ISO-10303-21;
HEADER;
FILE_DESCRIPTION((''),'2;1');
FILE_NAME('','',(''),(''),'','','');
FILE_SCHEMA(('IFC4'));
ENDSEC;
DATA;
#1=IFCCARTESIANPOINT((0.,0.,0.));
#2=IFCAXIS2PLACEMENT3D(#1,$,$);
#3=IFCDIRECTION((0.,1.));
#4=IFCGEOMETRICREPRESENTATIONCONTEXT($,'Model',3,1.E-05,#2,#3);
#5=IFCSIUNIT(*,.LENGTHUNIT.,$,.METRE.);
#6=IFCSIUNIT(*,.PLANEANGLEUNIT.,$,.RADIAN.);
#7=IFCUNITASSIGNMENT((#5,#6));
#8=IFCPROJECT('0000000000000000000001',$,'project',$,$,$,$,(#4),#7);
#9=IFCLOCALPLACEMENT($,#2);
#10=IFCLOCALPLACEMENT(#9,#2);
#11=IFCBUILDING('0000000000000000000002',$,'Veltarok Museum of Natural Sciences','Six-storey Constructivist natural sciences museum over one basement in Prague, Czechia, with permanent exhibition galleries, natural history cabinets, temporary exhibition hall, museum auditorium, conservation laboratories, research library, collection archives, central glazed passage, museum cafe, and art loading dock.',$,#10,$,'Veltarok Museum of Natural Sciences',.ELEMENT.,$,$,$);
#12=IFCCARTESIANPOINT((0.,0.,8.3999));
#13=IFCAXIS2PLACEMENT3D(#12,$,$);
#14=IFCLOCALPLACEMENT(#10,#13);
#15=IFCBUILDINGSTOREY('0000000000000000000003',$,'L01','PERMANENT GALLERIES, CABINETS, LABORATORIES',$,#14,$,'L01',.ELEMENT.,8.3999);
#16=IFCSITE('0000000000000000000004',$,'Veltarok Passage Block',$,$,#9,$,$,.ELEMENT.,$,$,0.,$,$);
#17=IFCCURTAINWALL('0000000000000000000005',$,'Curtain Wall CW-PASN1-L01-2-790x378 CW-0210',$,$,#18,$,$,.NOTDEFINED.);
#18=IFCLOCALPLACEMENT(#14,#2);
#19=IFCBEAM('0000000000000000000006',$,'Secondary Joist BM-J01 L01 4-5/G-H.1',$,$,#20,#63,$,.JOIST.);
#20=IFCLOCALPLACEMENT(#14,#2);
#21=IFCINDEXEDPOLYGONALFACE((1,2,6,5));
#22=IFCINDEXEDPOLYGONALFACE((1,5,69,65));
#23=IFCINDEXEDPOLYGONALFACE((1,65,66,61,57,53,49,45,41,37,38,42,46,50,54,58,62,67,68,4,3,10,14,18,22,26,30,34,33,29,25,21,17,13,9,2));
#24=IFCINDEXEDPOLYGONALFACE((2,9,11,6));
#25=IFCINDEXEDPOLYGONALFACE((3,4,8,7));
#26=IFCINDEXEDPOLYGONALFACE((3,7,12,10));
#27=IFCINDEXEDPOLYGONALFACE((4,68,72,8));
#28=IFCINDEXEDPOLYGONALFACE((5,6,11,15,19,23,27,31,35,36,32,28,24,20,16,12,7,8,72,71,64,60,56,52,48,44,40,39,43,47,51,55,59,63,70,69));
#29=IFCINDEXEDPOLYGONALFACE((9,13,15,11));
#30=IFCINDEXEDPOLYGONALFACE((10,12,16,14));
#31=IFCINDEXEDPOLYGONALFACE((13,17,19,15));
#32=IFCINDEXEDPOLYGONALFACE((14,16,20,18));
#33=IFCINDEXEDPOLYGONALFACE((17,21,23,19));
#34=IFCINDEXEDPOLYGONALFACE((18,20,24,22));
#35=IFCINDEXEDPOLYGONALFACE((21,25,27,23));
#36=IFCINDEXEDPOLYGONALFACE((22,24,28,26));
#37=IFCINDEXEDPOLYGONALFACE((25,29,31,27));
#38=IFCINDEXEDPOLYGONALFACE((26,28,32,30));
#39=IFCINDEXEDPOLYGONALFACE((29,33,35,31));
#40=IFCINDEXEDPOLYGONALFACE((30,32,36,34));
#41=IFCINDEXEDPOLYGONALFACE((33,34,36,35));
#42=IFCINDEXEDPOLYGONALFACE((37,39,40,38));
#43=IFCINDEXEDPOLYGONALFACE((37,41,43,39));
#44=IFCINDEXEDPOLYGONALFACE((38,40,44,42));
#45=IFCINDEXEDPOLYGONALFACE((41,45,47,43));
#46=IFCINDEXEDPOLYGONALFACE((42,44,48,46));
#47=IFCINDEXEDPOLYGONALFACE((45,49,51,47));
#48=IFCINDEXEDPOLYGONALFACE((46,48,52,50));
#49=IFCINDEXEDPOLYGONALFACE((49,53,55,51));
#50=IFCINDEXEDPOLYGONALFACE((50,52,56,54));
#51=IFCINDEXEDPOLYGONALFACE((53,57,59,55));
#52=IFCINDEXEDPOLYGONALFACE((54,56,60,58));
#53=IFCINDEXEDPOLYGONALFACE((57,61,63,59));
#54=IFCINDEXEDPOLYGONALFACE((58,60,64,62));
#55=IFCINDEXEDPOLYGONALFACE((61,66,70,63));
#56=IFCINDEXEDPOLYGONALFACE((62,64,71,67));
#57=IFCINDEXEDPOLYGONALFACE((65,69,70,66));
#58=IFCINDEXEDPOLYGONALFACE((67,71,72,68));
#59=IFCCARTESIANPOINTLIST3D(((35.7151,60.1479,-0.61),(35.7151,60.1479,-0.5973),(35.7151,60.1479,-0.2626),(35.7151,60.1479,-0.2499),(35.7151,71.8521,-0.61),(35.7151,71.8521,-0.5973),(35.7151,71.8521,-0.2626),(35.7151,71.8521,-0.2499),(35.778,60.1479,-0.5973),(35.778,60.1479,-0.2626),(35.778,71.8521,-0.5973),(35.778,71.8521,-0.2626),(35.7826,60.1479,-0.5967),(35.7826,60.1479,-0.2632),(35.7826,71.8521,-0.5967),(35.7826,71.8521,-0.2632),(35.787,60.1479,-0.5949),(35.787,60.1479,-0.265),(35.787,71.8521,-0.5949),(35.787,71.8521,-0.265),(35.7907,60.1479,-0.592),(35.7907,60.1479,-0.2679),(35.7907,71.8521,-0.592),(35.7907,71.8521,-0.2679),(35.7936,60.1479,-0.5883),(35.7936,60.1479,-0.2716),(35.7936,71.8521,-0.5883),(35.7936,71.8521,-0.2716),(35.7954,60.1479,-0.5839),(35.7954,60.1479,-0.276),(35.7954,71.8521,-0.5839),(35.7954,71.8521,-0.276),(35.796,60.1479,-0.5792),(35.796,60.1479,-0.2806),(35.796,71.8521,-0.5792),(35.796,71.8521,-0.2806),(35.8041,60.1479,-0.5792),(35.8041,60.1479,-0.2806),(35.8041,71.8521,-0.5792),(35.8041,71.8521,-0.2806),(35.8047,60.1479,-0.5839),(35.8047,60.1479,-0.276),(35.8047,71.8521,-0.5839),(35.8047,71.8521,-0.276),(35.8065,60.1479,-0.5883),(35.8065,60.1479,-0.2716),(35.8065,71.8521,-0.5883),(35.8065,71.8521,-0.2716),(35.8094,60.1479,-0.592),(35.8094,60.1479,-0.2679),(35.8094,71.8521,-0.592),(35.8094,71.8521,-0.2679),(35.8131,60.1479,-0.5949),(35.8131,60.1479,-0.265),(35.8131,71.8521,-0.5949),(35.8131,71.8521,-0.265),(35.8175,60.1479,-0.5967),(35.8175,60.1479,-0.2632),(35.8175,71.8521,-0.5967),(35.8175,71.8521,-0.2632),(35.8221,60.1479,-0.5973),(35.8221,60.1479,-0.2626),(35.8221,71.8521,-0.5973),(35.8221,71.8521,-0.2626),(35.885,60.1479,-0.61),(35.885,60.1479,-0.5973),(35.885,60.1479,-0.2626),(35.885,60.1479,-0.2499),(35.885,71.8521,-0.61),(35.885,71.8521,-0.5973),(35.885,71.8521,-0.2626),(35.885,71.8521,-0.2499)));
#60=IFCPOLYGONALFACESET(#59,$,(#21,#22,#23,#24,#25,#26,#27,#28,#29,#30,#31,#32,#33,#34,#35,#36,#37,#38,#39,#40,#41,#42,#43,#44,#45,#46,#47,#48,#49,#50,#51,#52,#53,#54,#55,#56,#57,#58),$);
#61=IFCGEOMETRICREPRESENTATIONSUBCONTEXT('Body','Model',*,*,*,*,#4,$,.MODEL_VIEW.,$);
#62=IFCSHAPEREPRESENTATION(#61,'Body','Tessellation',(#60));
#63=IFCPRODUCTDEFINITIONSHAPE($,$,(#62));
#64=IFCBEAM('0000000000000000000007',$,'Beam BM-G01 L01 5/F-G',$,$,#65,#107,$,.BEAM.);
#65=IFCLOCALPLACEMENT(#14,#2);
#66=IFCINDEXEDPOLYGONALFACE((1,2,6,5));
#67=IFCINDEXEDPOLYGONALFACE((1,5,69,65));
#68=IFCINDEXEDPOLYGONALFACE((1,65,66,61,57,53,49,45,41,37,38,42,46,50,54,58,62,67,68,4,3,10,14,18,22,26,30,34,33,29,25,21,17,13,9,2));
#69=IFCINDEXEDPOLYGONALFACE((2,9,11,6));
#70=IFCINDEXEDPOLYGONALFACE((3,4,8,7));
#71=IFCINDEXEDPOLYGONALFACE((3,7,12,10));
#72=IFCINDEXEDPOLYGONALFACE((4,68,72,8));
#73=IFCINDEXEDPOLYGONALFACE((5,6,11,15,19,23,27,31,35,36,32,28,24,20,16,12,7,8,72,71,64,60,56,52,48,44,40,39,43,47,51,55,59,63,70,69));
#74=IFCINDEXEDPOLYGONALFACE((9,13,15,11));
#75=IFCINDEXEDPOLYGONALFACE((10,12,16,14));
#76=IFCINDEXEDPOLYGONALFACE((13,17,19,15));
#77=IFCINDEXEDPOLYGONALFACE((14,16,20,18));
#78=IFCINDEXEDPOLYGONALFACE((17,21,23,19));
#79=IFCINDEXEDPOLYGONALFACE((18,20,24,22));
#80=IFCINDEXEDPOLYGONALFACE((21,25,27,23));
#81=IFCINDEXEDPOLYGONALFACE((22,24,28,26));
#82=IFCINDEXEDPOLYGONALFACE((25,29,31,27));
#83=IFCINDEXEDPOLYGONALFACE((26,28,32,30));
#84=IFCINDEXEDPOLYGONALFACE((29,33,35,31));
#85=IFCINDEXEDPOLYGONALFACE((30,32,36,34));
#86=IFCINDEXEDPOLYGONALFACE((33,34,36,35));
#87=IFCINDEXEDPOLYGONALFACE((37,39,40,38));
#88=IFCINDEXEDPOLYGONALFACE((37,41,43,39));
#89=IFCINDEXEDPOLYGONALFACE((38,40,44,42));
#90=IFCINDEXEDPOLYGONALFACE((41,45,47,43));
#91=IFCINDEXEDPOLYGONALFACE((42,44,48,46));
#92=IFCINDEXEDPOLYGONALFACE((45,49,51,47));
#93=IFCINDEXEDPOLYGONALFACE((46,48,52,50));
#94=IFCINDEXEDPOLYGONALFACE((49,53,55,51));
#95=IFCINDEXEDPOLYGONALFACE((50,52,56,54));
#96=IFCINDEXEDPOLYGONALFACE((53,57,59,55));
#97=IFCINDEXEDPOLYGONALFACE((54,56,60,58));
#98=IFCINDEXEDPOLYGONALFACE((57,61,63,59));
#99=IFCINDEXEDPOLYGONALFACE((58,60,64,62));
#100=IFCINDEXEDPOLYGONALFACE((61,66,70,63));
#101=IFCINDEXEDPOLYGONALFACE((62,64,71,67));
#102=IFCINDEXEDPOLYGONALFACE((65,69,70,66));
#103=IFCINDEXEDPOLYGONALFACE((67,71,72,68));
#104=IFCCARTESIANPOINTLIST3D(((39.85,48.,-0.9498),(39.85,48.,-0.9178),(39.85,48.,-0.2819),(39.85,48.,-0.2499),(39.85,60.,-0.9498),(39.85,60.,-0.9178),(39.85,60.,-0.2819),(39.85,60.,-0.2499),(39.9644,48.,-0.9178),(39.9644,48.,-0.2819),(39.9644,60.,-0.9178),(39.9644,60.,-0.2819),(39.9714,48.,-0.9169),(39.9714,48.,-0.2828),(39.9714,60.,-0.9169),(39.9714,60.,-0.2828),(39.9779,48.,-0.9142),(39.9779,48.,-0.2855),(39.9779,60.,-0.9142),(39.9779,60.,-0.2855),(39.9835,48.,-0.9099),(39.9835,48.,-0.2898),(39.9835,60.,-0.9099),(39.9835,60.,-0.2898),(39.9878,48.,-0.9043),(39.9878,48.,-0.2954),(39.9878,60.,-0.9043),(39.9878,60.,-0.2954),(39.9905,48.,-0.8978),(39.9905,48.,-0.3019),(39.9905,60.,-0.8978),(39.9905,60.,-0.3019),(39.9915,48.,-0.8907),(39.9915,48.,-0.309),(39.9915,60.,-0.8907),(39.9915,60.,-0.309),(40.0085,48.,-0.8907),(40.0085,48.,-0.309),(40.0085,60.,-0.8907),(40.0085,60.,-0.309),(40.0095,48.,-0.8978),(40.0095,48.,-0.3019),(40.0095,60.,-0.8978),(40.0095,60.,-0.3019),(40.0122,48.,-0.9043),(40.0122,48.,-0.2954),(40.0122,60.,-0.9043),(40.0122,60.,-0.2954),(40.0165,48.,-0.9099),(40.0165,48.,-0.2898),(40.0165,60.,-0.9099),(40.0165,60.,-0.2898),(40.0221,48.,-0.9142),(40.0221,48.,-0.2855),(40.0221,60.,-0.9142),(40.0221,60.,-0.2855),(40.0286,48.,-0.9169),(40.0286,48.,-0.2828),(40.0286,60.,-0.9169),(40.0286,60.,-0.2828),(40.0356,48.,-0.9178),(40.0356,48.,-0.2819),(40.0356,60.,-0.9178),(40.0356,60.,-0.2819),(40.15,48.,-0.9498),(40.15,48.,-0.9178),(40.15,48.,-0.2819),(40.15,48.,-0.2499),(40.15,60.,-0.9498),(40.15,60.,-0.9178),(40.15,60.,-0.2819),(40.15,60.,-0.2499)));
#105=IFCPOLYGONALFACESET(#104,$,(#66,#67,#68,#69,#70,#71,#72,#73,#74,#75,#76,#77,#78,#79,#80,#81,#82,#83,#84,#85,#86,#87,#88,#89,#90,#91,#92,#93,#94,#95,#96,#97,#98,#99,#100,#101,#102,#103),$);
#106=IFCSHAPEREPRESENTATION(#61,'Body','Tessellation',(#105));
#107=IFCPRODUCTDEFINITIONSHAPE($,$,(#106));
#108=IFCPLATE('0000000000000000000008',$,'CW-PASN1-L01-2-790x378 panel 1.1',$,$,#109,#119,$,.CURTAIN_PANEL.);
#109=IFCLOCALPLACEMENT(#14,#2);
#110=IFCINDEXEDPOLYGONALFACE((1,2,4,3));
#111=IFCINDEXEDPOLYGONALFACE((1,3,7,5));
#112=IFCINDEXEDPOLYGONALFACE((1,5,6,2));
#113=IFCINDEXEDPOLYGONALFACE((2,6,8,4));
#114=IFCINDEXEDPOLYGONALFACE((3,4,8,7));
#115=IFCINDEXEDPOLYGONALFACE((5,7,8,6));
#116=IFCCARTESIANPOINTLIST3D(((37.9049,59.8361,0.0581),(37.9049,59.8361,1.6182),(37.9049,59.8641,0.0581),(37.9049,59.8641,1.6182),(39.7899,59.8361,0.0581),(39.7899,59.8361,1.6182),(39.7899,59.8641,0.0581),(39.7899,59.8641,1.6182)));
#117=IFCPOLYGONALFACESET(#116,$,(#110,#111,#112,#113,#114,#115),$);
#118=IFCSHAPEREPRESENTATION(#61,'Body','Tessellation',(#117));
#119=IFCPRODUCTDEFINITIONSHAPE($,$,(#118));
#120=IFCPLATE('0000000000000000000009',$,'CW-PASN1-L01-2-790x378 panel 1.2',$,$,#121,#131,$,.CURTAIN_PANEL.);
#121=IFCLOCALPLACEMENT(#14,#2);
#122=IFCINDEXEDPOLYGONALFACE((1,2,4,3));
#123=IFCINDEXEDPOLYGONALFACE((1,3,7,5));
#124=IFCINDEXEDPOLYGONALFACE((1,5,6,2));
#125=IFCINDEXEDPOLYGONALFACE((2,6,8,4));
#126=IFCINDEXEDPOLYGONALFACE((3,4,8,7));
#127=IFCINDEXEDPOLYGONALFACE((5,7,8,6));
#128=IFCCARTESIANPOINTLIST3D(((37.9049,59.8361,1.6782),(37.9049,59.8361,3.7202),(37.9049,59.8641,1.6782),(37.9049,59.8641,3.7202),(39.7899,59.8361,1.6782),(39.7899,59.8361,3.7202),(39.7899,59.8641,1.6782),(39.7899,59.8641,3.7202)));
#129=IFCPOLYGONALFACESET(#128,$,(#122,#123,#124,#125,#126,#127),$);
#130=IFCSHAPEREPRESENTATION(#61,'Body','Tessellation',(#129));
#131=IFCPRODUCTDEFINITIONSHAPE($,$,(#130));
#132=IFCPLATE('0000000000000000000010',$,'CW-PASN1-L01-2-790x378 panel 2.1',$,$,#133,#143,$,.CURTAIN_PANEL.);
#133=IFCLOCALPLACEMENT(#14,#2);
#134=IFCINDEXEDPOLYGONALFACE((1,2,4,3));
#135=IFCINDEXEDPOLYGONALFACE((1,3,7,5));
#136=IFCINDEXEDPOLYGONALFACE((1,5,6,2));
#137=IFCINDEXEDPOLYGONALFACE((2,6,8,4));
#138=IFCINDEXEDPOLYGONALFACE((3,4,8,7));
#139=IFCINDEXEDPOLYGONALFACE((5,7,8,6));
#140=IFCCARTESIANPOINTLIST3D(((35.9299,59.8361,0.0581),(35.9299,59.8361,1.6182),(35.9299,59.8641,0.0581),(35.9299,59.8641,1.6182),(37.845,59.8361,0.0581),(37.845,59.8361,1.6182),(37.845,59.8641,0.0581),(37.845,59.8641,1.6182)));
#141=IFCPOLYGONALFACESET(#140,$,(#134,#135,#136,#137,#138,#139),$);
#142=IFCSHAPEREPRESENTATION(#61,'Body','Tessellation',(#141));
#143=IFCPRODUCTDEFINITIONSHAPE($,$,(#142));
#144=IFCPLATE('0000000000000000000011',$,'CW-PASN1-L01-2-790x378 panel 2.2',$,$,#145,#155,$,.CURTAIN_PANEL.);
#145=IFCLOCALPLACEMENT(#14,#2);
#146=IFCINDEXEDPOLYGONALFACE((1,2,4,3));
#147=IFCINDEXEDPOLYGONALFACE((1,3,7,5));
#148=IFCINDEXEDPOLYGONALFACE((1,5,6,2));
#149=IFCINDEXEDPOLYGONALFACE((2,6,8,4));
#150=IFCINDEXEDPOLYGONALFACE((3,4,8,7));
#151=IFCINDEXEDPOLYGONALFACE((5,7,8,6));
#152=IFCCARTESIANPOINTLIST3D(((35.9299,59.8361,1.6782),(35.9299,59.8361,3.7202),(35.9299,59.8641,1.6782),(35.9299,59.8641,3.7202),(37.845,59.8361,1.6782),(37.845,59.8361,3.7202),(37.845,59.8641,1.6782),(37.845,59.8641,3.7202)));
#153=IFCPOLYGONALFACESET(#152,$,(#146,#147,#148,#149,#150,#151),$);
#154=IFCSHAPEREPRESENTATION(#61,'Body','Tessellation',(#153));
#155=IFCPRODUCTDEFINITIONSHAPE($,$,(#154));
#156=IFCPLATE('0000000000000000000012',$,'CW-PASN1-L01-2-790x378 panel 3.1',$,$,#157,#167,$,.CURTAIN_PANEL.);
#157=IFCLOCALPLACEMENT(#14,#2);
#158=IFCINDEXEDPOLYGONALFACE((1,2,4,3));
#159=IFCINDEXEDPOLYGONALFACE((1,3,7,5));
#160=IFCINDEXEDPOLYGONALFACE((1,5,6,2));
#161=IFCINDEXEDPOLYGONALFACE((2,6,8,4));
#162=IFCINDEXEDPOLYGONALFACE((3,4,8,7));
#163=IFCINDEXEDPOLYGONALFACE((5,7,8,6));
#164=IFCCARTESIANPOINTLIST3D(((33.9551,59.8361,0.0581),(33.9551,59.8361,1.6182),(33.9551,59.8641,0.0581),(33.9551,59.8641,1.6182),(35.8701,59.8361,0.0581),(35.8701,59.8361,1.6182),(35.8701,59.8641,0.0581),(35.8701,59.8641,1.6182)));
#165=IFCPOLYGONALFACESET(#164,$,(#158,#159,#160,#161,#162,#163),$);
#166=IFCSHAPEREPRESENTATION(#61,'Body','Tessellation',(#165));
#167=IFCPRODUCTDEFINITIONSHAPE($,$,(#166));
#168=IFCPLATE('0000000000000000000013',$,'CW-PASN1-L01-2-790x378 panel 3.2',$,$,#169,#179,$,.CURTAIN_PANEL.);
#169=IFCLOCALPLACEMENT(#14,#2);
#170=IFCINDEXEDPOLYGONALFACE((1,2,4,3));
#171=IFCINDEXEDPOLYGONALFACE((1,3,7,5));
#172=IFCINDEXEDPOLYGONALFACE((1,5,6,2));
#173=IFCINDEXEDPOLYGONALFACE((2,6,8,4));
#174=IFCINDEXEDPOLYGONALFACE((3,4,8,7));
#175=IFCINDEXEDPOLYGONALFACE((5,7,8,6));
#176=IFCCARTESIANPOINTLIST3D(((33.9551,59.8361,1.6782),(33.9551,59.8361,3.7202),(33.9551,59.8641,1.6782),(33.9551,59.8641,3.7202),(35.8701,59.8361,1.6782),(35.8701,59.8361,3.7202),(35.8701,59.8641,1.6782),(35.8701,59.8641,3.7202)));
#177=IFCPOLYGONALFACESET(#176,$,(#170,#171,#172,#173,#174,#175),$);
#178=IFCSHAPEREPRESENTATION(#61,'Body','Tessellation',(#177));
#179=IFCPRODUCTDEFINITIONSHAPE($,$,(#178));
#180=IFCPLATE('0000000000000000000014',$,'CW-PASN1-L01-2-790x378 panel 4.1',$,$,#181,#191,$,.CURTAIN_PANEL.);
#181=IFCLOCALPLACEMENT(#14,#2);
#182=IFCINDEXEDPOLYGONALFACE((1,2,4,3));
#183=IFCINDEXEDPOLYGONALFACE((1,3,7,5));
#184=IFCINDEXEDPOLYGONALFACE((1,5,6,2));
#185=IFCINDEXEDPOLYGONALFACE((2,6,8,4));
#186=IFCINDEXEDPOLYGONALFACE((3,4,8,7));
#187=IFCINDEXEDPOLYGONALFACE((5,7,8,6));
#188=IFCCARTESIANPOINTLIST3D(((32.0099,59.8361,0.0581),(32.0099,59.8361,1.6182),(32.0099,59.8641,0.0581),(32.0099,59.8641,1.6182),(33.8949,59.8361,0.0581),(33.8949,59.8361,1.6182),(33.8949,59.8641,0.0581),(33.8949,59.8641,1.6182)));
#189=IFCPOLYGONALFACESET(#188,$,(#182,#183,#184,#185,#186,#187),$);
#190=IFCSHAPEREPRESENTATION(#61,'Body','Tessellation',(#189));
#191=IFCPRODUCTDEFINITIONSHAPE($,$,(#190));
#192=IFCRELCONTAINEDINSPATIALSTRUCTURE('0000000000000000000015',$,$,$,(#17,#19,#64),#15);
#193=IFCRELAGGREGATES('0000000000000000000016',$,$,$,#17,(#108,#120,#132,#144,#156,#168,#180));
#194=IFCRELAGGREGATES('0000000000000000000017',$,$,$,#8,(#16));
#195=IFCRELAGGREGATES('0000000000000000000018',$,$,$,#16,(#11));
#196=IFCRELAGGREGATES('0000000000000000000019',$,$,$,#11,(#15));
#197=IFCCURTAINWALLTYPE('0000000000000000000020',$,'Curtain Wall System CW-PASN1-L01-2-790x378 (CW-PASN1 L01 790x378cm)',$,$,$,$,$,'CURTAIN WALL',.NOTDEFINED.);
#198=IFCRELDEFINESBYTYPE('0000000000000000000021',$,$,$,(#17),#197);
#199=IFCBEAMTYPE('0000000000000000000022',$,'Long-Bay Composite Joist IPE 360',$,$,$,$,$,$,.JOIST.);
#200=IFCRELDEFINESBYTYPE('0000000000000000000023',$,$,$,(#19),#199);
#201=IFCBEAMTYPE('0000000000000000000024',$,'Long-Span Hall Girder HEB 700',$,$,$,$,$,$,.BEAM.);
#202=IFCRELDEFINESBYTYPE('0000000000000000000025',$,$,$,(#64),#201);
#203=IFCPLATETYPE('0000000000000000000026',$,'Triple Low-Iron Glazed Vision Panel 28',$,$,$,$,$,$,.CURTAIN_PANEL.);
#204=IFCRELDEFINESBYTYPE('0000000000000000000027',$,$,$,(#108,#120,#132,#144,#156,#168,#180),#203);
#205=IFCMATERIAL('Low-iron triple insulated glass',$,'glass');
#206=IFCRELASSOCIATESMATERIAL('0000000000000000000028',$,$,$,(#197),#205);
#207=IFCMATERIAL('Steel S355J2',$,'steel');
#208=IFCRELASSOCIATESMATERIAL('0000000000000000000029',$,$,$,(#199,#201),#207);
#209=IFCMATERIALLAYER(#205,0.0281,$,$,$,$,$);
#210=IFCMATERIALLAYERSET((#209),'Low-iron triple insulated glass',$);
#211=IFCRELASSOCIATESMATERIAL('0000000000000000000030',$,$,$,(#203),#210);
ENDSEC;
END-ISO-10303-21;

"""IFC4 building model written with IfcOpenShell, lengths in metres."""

from ifc_helpers import new_model, si_unit, direction, frame, origin, origin_2d, place, context, subcontext, project, spatial, rectangle, i_section, extrude, material, layer, layer_set, material_profile, profile_set, type_object, element, aggregate, save


model = new_model("IFC4")

# Units and contexts
model_context = context("Model", 3, precision=1e-05, world=origin(), true_north=direction((0.0, 1.0)))
body_context = subcontext(model_context, "Body", "Model", "MODEL_VIEW")
ifc_project = project(units=[si_unit("LENGTHUNIT", "METRE"), si_unit("PLANEANGLEUNIT", "RADIAN")], contexts=[model_context])

# Site, building, storey
site_placement = place(None, origin())
site = spatial("IfcSite", under=ifc_project, at=site_placement, Name="Veltarok Passage Block", CompositionType="ELEMENT", RefElevation=0.0)
building_placement = place(site_placement, origin())
building = spatial("IfcBuilding", under=site, at=building_placement, Name="Veltarok Museum of Natural Sciences", Description="Six-storey Constructivist natural sciences museum over one basement in Prague, Czechia, with permanent exhibition galleries, natural history cabinets, temporary exhibition hall, museum auditorium, conservation laboratories, research library, collection archives, central glazed passage, museum cafe, and art loading dock.", LongName="Veltarok Museum of Natural Sciences", CompositionType="ELEMENT")
storey_placement = place(building_placement, frame((0.0, 0.0, 8.3999)))
storey = spatial("IfcBuildingStorey", under=building, at=storey_placement, Name="L01", Description="PERMANENT GALLERIES, CABINETS, LABORATORIES", LongName="L01", CompositionType="ELEMENT", Elevation=8.3999)

# Shared definitions
ifc_material_1 = material(Name="Steel S355J2", Category="steel")

# Curtain wall
ifc_material_2 = material(Name="Low-iron triple insulated glass", Category="glass")
curtain_wall_type = type_object("IfcCurtainWallType", Name="Curtain Wall System CW-PASN1-L01-2-790x378 (CW-PASN1 L01 790x378cm)", ElementType="CURTAIN WALL", PredefinedType="NOTDEFINED", material=ifc_material_2)
curtain_wall_placement = place(storey_placement, origin())
curtain_wall = element("IfcCurtainWall", 1, at=curtain_wall_placement, inside=storey, type_object=curtain_wall_type, Name="Curtain Wall CW-PASN1-L01-2-790x378 CW-0210", PredefinedType="NOTDEFINED")

# Beams
ifc_material_profile_1 = material_profile(ifc_material_1, i_section(OverallWidth=0.1699, OverallDepth=0.3601, WebThickness=0.0081, FlangeThickness=0.0127, FilletRadius=0.0181, at=origin_2d()), Name="IPE 360")
ifc_profile_set_1 = profile_set([ifc_material_profile_1], Name="Steel S355J2")
beam_type_1 = type_object("IfcBeamType", Name="Long-Bay Composite Joist IPE 360", PredefinedType="JOIST", material=ifc_profile_set_1)
for number, where, z_axis, x_axis, name in (
    (2, (35.8, 60.1479, -0.4299), (0.0, 1.0, 0.0), (-1.0, 0.0, 0.0), "Secondary Joist BM-J01 L01 4-5/G-H.1"),
):
    element("IfcBeam", number, at=place(storey_placement, frame(where, z_axis=z_axis, x_axis=x_axis)), inside=storey, type_object=beam_type_1, Name=name, PredefinedType="JOIST", context=body_context, shape_type="SweptSolid", body=[
        extrude(i_section(OverallWidth=0.1699, OverallDepth=0.3601, WebThickness=0.0081, FlangeThickness=0.0127, FilletRadius=0.0181, at=origin_2d()), origin(), (0.0, 0.0, 1.0), 11.7041),
    ])
ifc_material_profile_2 = material_profile(ifc_material_1, i_section(OverallWidth=0.3, OverallDepth=0.7, WebThickness=0.0171, FlangeThickness=0.032, FilletRadius=0.0271, at=origin_2d()), Name="HEB 700")
ifc_profile_set_2 = profile_set([ifc_material_profile_2], Name="Steel S355J2")
beam_type_2 = type_object("IfcBeamType", Name="Long-Span Hall Girder HEB 700", PredefinedType="BEAM", material=ifc_profile_set_2)
beam_placement = place(storey_placement, frame((40.0, 48.0, -0.5999), z_axis=(0.0, 1.0, 0.0), x_axis=(-1.0, 0.0, 0.0)))
element("IfcBeam", 3, at=beam_placement, inside=storey, type_object=beam_type_2, Name="Beam BM-G01 L01 5/F-G", PredefinedType="BEAM", context=body_context, shape_type="SweptSolid", body=[
    extrude(i_section(OverallWidth=0.3, OverallDepth=0.7, WebThickness=0.0171, FlangeThickness=0.032, FilletRadius=0.0271, at=origin_2d()), origin(), (0.0, 0.0, 1.0), 12.0),
])

# Plates
ifc_layer = layer(ifc_material_2, 0.0281)
ifc_layer_set = layer_set([ifc_layer], Name="Low-iron triple insulated glass")
plate_type = type_object("IfcPlateType", Name="Triple Low-Iron Glazed Vision Panel 28", PredefinedType="CURTAIN_PANEL", material=ifc_layer_set)
plate_1_placement = place(storey_placement, frame((38.8474, 59.8501, 0.0581), z_axis=(0.0, 0.0, 1.0), x_axis=(-1.0, 0.0, 0.0)))
plate_1 = element("IfcPlate", 4, at=plate_1_placement, type_object=plate_type, Name="CW-PASN1-L01-2-790x378 panel 1.1", PredefinedType="CURTAIN_PANEL", context=body_context, shape_type="SweptSolid", body=[
    extrude(rectangle(XDim=1.885, YDim=0.0281, at=origin_2d()), origin(), (0.0, 0.0, 1.0), 1.5601),
])
plate_2_placement = place(storey_placement, frame((38.8474, 59.8501, 1.6782), z_axis=(0.0, 0.0, 1.0), x_axis=(-1.0, 0.0, 0.0)))
plate_2 = element("IfcPlate", 5, at=plate_2_placement, type_object=plate_type, Name="CW-PASN1-L01-2-790x378 panel 1.2", PredefinedType="CURTAIN_PANEL", context=body_context, shape_type="SweptSolid", body=[
    extrude(rectangle(XDim=1.885, YDim=0.0281, at=origin_2d()), origin(), (0.0, 0.0, 1.0), 2.042),
])
plate_3_placement = place(storey_placement, frame((36.8875, 59.8501, 0.0581), z_axis=(0.0, 0.0, 1.0), x_axis=(-1.0, 0.0, 0.0)))
plate_3 = element("IfcPlate", 6, at=plate_3_placement, type_object=plate_type, Name="CW-PASN1-L01-2-790x378 panel 2.1", PredefinedType="CURTAIN_PANEL", context=body_context, shape_type="SweptSolid", body=[
    extrude(rectangle(XDim=1.915, YDim=0.0281, at=origin_2d()), origin(), (0.0, 0.0, 1.0), 1.5601),
])
plate_4_placement = place(storey_placement, frame((36.8875, 59.8501, 1.6782), z_axis=(0.0, 0.0, 1.0), x_axis=(-1.0, 0.0, 0.0)))
plate_4 = element("IfcPlate", 7, at=plate_4_placement, type_object=plate_type, Name="CW-PASN1-L01-2-790x378 panel 2.2", PredefinedType="CURTAIN_PANEL", context=body_context, shape_type="SweptSolid", body=[
    extrude(rectangle(XDim=1.915, YDim=0.0281, at=origin_2d()), origin(), (0.0, 0.0, 1.0), 2.042),
])
plate_5_placement = place(storey_placement, frame((34.9126, 59.8501, 0.0581), z_axis=(0.0, 0.0, 1.0), x_axis=(-1.0, 0.0, 0.0)))
plate_5 = element("IfcPlate", 8, at=plate_5_placement, type_object=plate_type, Name="CW-PASN1-L01-2-790x378 panel 3.1", PredefinedType="CURTAIN_PANEL", context=body_context, shape_type="SweptSolid", body=[
    extrude(rectangle(XDim=1.915, YDim=0.0281, at=origin_2d()), origin(), (0.0, 0.0, 1.0), 1.5601),
])
plate_6_placement = place(storey_placement, frame((34.9126, 59.8501, 1.6782), z_axis=(0.0, 0.0, 1.0), x_axis=(-1.0, 0.0, 0.0)))
plate_6 = element("IfcPlate", 9, at=plate_6_placement, type_object=plate_type, Name="CW-PASN1-L01-2-790x378 panel 3.2", PredefinedType="CURTAIN_PANEL", context=body_context, shape_type="SweptSolid", body=[
    extrude(rectangle(XDim=1.915, YDim=0.0281, at=origin_2d()), origin(), (0.0, 0.0, 1.0), 2.042),
])
plate_7_placement = place(storey_placement, frame((32.9524, 59.8501, 0.0581), z_axis=(0.0, 0.0, 1.0), x_axis=(-1.0, 0.0, 0.0)))
plate_7 = element("IfcPlate", 10, at=plate_7_placement, type_object=plate_type, Name="CW-PASN1-L01-2-790x378 panel 4.1", PredefinedType="CURTAIN_PANEL", context=body_context, shape_type="SweptSolid", body=[
    extrude(rectangle(XDim=1.885, YDim=0.0281, at=origin_2d()), origin(), (0.0, 0.0, 1.0), 1.5601),
])
aggregate(curtain_wall, [plate_1, plate_2, plate_3, plate_4, plate_5, plate_6, plate_7])

save(model, "model.ifc")
